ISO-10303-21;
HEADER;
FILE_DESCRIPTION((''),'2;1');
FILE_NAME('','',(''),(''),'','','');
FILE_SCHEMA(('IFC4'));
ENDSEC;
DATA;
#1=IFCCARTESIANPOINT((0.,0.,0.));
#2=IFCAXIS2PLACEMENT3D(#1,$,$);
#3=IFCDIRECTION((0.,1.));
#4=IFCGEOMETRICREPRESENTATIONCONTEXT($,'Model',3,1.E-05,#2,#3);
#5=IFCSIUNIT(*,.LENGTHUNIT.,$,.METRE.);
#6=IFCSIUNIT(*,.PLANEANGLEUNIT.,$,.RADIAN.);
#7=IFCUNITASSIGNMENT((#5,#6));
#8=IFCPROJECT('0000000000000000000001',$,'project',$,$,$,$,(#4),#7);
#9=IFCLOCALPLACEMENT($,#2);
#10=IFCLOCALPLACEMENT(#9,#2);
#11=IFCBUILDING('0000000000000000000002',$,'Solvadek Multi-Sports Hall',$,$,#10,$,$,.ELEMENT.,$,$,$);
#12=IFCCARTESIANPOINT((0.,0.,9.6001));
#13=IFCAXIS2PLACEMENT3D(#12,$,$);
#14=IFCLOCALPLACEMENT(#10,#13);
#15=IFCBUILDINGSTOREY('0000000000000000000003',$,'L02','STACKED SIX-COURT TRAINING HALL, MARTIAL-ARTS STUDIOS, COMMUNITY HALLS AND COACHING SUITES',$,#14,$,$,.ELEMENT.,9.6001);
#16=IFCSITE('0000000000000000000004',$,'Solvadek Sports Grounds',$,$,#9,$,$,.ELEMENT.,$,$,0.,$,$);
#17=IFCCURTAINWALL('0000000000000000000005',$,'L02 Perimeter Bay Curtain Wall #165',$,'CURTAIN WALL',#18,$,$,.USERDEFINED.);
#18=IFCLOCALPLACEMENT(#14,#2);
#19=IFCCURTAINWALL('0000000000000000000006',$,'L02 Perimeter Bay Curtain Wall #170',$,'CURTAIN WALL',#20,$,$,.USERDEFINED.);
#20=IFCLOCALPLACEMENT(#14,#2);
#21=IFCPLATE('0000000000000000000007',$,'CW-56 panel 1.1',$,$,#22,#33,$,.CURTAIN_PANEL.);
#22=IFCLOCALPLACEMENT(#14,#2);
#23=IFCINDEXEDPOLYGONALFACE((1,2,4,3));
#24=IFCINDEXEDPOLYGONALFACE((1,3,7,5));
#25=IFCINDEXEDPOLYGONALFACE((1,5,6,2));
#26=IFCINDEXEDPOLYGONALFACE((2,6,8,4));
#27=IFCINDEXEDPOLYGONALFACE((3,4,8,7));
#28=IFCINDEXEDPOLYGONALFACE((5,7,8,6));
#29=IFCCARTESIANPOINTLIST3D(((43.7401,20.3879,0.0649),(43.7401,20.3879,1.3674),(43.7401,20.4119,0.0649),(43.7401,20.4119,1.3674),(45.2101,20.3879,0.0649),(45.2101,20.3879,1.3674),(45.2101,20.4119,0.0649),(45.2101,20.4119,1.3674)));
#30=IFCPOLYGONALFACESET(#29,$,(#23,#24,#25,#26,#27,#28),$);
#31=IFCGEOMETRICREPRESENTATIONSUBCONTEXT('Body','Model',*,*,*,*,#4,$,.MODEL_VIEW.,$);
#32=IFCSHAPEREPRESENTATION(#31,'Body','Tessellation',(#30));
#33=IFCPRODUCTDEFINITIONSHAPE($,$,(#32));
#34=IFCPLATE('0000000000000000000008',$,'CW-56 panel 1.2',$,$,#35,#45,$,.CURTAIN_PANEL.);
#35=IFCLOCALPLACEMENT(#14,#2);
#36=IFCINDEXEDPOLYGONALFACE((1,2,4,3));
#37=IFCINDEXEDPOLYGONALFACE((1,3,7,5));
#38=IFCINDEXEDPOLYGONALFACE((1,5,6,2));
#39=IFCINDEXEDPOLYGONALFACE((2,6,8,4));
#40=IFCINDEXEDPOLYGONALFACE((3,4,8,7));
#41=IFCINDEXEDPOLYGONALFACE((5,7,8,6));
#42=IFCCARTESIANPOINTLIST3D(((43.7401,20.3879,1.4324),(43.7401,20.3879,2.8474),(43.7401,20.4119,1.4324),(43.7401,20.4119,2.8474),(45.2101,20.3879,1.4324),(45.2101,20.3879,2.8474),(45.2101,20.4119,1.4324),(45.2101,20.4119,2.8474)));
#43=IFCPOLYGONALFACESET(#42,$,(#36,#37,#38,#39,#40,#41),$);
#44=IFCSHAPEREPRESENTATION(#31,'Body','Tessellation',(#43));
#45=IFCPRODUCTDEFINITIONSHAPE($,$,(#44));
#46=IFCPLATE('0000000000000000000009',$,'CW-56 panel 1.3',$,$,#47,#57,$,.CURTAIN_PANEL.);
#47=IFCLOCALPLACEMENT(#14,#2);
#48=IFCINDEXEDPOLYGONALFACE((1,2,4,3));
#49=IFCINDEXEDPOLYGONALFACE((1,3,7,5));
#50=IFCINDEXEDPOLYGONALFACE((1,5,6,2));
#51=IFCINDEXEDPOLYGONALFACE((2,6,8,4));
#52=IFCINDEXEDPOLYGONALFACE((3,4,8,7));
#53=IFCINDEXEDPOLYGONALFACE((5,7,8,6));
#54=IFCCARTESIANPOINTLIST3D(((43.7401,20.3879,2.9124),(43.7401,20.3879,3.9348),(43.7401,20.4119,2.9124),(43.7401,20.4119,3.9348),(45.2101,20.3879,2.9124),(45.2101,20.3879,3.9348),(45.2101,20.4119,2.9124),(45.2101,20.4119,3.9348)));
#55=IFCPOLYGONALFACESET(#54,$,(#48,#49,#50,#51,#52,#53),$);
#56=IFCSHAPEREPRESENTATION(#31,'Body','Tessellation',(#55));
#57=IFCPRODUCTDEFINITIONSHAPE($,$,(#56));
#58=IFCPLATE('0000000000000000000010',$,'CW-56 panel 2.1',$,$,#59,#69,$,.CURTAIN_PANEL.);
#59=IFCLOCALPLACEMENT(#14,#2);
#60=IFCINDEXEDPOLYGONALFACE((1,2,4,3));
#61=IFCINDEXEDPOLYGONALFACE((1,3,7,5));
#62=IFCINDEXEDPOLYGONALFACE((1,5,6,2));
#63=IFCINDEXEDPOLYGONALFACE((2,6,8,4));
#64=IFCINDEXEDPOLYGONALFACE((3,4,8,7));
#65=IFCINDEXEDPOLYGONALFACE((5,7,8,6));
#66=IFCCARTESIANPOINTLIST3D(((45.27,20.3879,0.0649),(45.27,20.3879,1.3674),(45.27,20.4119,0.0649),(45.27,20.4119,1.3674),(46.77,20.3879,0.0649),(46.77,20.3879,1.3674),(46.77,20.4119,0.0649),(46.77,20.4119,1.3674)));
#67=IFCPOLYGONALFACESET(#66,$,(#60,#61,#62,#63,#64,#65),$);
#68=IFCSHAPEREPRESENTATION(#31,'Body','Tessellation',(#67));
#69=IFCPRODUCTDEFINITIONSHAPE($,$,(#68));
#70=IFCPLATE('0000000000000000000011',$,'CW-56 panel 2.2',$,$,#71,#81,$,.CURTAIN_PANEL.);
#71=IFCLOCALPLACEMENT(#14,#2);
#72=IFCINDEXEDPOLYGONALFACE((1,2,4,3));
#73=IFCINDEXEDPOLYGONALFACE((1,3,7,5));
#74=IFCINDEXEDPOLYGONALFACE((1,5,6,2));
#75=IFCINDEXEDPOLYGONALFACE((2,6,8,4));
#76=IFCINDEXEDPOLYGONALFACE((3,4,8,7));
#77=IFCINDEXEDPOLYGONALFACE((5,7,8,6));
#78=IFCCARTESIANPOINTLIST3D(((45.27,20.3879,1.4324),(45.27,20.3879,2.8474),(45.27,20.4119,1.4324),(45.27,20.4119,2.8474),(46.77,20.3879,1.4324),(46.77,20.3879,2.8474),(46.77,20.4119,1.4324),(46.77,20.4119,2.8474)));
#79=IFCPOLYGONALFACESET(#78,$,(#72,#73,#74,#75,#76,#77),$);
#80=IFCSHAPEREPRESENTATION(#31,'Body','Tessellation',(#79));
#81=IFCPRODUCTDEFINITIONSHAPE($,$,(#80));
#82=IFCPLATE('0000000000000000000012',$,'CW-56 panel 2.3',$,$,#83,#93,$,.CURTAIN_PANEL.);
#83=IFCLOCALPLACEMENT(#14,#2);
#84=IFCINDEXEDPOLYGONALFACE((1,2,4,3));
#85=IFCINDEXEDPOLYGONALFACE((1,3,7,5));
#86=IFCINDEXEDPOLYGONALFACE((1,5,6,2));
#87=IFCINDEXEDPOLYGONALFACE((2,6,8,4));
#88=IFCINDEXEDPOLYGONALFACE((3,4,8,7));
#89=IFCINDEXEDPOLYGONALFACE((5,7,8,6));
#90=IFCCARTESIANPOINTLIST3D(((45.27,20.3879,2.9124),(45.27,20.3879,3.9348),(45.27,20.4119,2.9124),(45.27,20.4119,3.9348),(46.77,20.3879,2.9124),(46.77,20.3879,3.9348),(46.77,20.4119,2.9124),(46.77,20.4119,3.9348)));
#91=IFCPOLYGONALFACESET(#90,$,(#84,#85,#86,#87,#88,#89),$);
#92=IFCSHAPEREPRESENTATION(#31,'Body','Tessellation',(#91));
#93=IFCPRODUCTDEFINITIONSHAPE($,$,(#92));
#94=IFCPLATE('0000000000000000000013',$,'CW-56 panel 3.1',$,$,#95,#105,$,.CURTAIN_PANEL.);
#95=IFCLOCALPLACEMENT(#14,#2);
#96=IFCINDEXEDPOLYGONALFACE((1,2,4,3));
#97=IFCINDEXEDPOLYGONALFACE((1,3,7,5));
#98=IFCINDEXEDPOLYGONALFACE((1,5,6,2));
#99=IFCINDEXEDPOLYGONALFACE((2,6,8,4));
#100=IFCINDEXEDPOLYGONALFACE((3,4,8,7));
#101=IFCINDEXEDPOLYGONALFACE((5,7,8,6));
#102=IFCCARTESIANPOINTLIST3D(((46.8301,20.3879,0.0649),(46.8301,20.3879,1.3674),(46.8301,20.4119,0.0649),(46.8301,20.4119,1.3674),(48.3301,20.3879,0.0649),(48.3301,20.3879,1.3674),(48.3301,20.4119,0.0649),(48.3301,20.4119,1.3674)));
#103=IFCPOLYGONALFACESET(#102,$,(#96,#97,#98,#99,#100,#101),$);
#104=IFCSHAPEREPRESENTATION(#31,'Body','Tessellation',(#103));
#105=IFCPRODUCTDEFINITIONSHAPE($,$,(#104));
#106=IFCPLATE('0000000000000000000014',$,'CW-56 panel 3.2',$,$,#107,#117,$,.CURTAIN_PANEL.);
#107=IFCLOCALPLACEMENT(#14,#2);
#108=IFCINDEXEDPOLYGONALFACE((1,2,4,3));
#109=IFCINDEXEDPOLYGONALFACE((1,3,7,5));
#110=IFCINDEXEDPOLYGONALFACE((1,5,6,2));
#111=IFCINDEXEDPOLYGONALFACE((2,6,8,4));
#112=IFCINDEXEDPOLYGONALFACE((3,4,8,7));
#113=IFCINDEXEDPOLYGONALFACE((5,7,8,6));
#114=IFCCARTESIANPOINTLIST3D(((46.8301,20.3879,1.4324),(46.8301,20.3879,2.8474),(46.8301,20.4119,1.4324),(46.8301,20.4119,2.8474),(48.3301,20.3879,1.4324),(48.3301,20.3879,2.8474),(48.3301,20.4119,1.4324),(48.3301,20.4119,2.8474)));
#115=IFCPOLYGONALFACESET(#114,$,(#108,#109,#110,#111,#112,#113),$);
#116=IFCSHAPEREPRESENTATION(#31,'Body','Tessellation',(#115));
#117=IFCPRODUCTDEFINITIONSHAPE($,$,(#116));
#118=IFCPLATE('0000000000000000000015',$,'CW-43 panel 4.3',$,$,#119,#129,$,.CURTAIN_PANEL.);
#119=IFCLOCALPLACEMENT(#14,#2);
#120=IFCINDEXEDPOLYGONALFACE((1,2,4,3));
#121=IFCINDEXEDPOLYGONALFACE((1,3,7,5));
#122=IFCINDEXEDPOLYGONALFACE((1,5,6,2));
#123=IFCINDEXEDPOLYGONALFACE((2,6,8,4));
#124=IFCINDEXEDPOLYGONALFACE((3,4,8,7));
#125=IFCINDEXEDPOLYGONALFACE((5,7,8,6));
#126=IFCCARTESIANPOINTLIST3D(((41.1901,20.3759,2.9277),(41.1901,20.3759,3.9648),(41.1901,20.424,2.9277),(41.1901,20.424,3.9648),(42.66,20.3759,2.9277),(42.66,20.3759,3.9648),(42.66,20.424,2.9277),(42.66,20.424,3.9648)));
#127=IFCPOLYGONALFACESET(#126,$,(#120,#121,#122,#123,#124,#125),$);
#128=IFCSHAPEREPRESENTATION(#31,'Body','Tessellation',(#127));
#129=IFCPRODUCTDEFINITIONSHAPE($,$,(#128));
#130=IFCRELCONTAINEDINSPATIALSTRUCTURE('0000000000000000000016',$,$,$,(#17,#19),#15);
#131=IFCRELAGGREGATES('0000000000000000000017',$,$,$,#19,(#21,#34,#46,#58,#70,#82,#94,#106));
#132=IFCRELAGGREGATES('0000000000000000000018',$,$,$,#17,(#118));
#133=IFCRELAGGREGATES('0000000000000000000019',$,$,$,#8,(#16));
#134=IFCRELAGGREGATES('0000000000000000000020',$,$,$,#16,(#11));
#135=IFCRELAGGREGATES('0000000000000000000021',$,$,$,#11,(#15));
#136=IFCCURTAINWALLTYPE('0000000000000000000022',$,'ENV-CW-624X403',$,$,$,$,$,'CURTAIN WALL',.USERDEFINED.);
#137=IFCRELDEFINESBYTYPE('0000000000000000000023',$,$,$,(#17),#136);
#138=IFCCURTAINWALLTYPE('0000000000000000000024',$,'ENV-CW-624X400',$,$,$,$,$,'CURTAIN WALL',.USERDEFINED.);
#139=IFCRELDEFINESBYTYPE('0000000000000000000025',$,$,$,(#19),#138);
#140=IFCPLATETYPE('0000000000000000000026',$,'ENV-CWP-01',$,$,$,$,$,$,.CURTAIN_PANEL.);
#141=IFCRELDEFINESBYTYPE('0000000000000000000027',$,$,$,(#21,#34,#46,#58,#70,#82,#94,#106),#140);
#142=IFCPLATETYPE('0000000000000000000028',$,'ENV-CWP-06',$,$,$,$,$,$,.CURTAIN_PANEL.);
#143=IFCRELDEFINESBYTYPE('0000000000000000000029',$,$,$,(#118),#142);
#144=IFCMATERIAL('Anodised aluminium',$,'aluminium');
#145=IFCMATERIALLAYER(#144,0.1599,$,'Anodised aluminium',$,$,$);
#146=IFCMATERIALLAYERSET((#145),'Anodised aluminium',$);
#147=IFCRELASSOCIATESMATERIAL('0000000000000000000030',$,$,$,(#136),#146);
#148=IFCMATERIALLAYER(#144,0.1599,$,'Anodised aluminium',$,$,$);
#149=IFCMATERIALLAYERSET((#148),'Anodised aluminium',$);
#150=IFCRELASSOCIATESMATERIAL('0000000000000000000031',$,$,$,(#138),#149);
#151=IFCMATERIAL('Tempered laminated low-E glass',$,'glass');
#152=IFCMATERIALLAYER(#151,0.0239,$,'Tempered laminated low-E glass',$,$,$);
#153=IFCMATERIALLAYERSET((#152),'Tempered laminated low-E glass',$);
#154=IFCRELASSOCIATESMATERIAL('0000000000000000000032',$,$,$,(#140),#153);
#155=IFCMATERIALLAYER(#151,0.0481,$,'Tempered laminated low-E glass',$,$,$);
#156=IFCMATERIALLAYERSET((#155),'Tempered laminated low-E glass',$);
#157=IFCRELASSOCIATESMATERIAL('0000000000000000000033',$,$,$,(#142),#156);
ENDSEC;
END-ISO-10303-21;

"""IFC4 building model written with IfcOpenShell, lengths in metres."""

from ifc_helpers import new_model, si_unit, direction, frame, origin, origin_2d, place, context, subcontext, project, spatial, rectangle, extrude, material, layer, layer_set, type_object, element, aggregate, save


model = new_model("IFC4")

# Units and contexts
model_context = context("Model", 3, precision=1e-05, world=origin(), true_north=direction((0.0, 1.0)))
body_context = subcontext(model_context, "Body", "Model", "MODEL_VIEW")
ifc_project = project(units=[si_unit("LENGTHUNIT", "METRE"), si_unit("PLANEANGLEUNIT", "RADIAN")], contexts=[model_context])

# Site, building, storey
site_placement = place(None, origin())
site = spatial("IfcSite", under=ifc_project, at=site_placement, Name="Solvadek Sports Grounds", CompositionType="ELEMENT", RefElevation=0.0)
building_placement = place(site_placement, origin())
building = spatial("IfcBuilding", under=site, at=building_placement, Name="Solvadek Multi-Sports Hall", CompositionType="ELEMENT")
storey_placement = place(building_placement, frame((0.0, 0.0, 9.6001)))
storey = spatial("IfcBuildingStorey", under=building, at=storey_placement, Name="L02", Description="STACKED SIX-COURT TRAINING HALL, MARTIAL-ARTS STUDIOS, COMMUNITY HALLS AND COACHING SUITES", CompositionType="ELEMENT", Elevation=9.6001)

# Curtain wall
ifc_material_1 = material(Name="Anodised aluminium", Category="aluminium")
ifc_layer_1 = layer(ifc_material_1, 0.1599, Name="Anodised aluminium")
ifc_layer_set_1 = layer_set([ifc_layer_1], Name="Anodised aluminium")
curtain_wall_type_1 = type_object("IfcCurtainWallType", Name="ENV-CW-624X403", ElementType="CURTAIN WALL", PredefinedType="USERDEFINED", material=ifc_layer_set_1)
curtain_wall_1_placement = place(storey_placement, origin())
curtain_wall_1 = element("IfcCurtainWall", 1, at=curtain_wall_1_placement, inside=storey, type_object=curtain_wall_type_1, Name="L02 Perimeter Bay Curtain Wall #165", ObjectType="CURTAIN WALL", PredefinedType="USERDEFINED")

# Curtain wall
ifc_layer_2 = layer(ifc_material_1, 0.1599, Name="Anodised aluminium")
ifc_layer_set_2 = layer_set([ifc_layer_2], Name="Anodised aluminium")
curtain_wall_type_2 = type_object("IfcCurtainWallType", Name="ENV-CW-624X400", ElementType="CURTAIN WALL", PredefinedType="USERDEFINED", material=ifc_layer_set_2)
curtain_wall_2_placement = place(storey_placement, origin())
curtain_wall_2 = element("IfcCurtainWall", 2, at=curtain_wall_2_placement, inside=storey, type_object=curtain_wall_type_2, Name="L02 Perimeter Bay Curtain Wall #170", ObjectType="CURTAIN WALL", PredefinedType="USERDEFINED")

# Plates
ifc_material_2 = material(Name="Tempered laminated low-E glass", Category="glass")
ifc_layer_3 = layer(ifc_material_2, 0.0239, Name="Tempered laminated low-E glass")
ifc_layer_set_3 = layer_set([ifc_layer_3], Name="Tempered laminated low-E glass")
plate_type_1 = type_object("IfcPlateType", Name="ENV-CWP-01", PredefinedType="CURTAIN_PANEL", material=ifc_layer_set_3)
plate_1_placement = place(storey_placement, frame((44.4751, 20.3999, 0.0649), z_axis=(0.0, 0.0, 1.0), x_axis=(1.0, 0.0, 0.0)))
plate_1 = element("IfcPlate", 3, at=plate_1_placement, type_object=plate_type_1, Name="CW-56 panel 1.1", PredefinedType="CURTAIN_PANEL", context=body_context, shape_type="SweptSolid", body=[
    extrude(rectangle(XDim=1.47, YDim=0.0239, at=origin_2d()), origin(), (0.0, 0.0, 1.0), 1.3025),
])
plate_2_placement = place(storey_placement, frame((44.4751, 20.3999, 1.4324), z_axis=(0.0, 0.0, 1.0), x_axis=(1.0, 0.0, 0.0)))
plate_2 = element("IfcPlate", 4, at=plate_2_placement, type_object=plate_type_1, Name="CW-56 panel 1.2", PredefinedType="CURTAIN_PANEL", context=body_context, shape_type="SweptSolid", body=[
    extrude(rectangle(XDim=1.47, YDim=0.0239, at=origin_2d()), origin(), (0.0, 0.0, 1.0), 1.415),
])
plate_3_placement = place(storey_placement, frame((44.4751, 20.3999, 2.9124), z_axis=(0.0, 0.0, 1.0), x_axis=(1.0, 0.0, 0.0)))
plate_3 = element("IfcPlate", 5, at=plate_3_placement, type_object=plate_type_1, Name="CW-56 panel 1.3", PredefinedType="CURTAIN_PANEL", context=body_context, shape_type="SweptSolid", body=[
    extrude(rectangle(XDim=1.47, YDim=0.0239, at=origin_2d()), origin(), (0.0, 0.0, 1.0), 1.0225),
])
plate_4_placement = place(storey_placement, frame((46.02, 20.3999, 0.0649), z_axis=(0.0, 0.0, 1.0), x_axis=(1.0, 0.0, 0.0)))
plate_4 = element("IfcPlate", 6, at=plate_4_placement, type_object=plate_type_1, Name="CW-56 panel 2.1", PredefinedType="CURTAIN_PANEL", context=body_context, shape_type="SweptSolid", body=[
    extrude(rectangle(XDim=1.5, YDim=0.0239, at=origin_2d()), origin(), (0.0, 0.0, 1.0), 1.3025),
])
plate_5_placement = place(storey_placement, frame((46.02, 20.3999, 1.4324), z_axis=(0.0, 0.0, 1.0), x_axis=(1.0, 0.0, 0.0)))
plate_5 = element("IfcPlate", 7, at=plate_5_placement, type_object=plate_type_1, Name="CW-56 panel 2.2", PredefinedType="CURTAIN_PANEL", context=body_context, shape_type="SweptSolid", body=[
    extrude(rectangle(XDim=1.5, YDim=0.0239, at=origin_2d()), origin(), (0.0, 0.0, 1.0), 1.415),
])
plate_6_placement = place(storey_placement, frame((46.02, 20.3999, 2.9124), z_axis=(0.0, 0.0, 1.0), x_axis=(1.0, 0.0, 0.0)))
plate_6 = element("IfcPlate", 8, at=plate_6_placement, type_object=plate_type_1, Name="CW-56 panel 2.3", PredefinedType="CURTAIN_PANEL", context=body_context, shape_type="SweptSolid", body=[
    extrude(rectangle(XDim=1.5, YDim=0.0239, at=origin_2d()), origin(), (0.0, 0.0, 1.0), 1.0225),
])
plate_7_placement = place(storey_placement, frame((47.5801, 20.3999, 0.0649), z_axis=(0.0, 0.0, 1.0), x_axis=(1.0, 0.0, 0.0)))
plate_7 = element("IfcPlate", 9, at=plate_7_placement, type_object=plate_type_1, Name="CW-56 panel 3.1", PredefinedType="CURTAIN_PANEL", context=body_context, shape_type="SweptSolid", body=[
    extrude(rectangle(XDim=1.5, YDim=0.0239, at=origin_2d()), origin(), (0.0, 0.0, 1.0), 1.3025),
])
plate_8_placement = place(storey_placement, frame((47.5801, 20.3999, 1.4324), z_axis=(0.0, 0.0, 1.0), x_axis=(1.0, 0.0, 0.0)))
plate_8 = element("IfcPlate", 10, at=plate_8_placement, type_object=plate_type_1, Name="CW-56 panel 3.2", PredefinedType="CURTAIN_PANEL", context=body_context, shape_type="SweptSolid", body=[
    extrude(rectangle(XDim=1.5, YDim=0.0239, at=origin_2d()), origin(), (0.0, 0.0, 1.0), 1.415),
])
aggregate(curtain_wall_2, [plate_1, plate_2, plate_3, plate_4, plate_5, plate_6, plate_7, plate_8])
ifc_layer_4 = layer(ifc_material_2, 0.0481, Name="Tempered laminated low-E glass")
ifc_layer_set_4 = layer_set([ifc_layer_4], Name="Tempered laminated low-E glass")
plate_type_2 = type_object("IfcPlateType", Name="ENV-CWP-06", PredefinedType="CURTAIN_PANEL", material=ifc_layer_set_4)
plate_9_placement = place(storey_placement, frame((41.925, 20.3999, 2.9277), z_axis=(0.0, 0.0, 1.0), x_axis=(1.0, 0.0, 0.0)))
plate_9 = element("IfcPlate", 11, at=plate_9_placement, type_object=plate_type_2, Name="CW-43 panel 4.3", PredefinedType="CURTAIN_PANEL", context=body_context, shape_type="SweptSolid", body=[
    extrude(rectangle(XDim=1.47, YDim=0.0481, at=origin_2d()), origin(), (0.0, 0.0, 1.0), 1.0371),
])
aggregate(curtain_wall_1, [plate_9])

save(model, "model.ifc")
